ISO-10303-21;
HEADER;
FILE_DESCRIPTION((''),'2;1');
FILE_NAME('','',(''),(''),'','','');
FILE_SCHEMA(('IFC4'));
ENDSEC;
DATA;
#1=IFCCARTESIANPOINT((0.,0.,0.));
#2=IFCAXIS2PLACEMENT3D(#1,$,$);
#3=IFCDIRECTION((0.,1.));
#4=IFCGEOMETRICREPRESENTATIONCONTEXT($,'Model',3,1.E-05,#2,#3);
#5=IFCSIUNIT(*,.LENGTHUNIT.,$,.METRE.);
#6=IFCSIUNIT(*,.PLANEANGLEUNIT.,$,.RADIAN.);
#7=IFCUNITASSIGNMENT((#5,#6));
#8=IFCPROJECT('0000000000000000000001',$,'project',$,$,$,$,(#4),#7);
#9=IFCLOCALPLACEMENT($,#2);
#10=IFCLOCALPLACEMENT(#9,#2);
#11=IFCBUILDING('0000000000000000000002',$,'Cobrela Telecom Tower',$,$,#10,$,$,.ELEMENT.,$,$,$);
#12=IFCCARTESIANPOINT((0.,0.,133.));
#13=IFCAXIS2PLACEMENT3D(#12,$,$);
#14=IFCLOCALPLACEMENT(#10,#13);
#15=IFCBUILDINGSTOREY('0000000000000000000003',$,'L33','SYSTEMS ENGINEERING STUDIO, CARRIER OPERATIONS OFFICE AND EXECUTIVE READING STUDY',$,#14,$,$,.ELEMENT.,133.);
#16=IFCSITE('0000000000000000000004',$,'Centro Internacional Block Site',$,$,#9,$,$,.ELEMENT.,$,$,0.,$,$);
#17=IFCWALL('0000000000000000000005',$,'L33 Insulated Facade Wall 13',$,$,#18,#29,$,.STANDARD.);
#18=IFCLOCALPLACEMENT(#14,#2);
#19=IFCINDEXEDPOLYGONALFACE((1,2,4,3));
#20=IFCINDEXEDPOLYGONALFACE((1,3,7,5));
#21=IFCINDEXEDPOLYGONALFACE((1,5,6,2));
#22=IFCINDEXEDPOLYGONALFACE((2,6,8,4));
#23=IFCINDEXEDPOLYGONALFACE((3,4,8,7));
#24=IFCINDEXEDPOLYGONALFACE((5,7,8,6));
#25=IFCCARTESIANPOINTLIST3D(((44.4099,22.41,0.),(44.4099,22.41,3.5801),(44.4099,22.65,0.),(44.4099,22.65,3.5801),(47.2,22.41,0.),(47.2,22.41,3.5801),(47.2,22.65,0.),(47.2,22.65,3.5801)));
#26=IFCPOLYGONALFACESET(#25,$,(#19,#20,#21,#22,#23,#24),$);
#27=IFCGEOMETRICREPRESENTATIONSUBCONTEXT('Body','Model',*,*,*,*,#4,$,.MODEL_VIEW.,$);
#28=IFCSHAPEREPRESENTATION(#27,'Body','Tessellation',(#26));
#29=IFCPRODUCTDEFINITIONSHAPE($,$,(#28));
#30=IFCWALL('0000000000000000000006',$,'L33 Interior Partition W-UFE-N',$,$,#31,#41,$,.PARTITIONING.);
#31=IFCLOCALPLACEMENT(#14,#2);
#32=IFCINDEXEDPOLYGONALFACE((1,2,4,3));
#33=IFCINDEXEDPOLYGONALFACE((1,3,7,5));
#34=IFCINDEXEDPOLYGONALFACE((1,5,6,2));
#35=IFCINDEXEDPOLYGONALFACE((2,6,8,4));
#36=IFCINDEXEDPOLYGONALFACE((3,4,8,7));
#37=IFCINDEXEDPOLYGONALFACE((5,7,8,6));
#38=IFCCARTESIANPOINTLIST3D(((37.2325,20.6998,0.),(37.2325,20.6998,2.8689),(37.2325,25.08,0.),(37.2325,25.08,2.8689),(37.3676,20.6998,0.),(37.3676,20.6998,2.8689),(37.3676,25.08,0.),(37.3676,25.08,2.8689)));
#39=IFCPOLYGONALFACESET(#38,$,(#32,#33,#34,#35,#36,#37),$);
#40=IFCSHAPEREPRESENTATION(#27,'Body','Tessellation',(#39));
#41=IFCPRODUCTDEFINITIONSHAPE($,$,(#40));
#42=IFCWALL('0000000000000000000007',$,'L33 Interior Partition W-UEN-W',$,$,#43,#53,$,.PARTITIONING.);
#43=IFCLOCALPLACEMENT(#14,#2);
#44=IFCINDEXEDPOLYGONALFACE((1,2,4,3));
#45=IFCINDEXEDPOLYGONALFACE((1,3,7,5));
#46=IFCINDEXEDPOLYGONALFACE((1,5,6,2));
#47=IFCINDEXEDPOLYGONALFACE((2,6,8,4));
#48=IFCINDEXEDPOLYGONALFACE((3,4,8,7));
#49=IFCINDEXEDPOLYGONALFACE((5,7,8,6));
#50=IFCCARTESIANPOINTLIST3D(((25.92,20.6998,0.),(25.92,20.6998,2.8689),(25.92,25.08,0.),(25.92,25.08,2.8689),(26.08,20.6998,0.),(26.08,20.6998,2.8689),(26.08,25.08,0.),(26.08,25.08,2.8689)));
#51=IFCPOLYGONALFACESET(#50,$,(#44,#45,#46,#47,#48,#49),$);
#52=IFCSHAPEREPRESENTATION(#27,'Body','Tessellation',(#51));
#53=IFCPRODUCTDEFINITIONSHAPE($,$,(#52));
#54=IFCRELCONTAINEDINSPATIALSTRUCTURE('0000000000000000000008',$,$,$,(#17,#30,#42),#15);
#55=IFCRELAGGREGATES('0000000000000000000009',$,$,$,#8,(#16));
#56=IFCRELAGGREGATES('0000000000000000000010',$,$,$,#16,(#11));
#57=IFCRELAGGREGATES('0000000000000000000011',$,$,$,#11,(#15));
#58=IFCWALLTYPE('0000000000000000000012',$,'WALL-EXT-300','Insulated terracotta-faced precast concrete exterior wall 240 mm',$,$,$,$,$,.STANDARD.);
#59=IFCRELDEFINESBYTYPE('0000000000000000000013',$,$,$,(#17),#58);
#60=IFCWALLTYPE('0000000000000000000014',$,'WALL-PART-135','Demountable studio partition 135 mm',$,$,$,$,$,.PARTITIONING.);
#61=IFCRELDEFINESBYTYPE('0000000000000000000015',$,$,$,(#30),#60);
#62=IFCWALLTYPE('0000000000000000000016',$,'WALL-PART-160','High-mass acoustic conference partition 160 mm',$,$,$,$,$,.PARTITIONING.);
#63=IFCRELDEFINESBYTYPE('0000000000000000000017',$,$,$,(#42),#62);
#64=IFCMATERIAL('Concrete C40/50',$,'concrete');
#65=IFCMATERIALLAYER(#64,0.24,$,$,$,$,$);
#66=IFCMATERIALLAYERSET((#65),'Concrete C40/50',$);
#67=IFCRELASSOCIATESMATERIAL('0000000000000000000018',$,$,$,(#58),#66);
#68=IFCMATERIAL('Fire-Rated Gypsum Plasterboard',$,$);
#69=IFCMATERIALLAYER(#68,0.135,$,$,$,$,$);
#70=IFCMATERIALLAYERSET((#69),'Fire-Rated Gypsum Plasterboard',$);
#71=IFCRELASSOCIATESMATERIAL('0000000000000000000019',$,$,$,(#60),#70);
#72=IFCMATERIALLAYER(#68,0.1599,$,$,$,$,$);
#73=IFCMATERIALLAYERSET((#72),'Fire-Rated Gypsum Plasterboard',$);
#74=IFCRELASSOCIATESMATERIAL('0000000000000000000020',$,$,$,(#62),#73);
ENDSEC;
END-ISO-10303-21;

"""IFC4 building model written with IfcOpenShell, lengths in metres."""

from ifc_helpers import new_model, si_unit, direction, frame, frame_2d, origin, place, context, subcontext, project, spatial, rectangle, extrude, material, layer, layer_set, type_object, element, save


model = new_model("IFC4")

# Units and contexts
model_context = context("Model", 3, precision=1e-05, world=origin(), true_north=direction((0.0, 1.0)))
body_context = subcontext(model_context, "Body", "Model", "MODEL_VIEW")
ifc_project = project(units=[si_unit("LENGTHUNIT", "METRE"), si_unit("PLANEANGLEUNIT", "RADIAN")], contexts=[model_context])

# Site, building, storey
site_placement = place(None, origin())
site = spatial("IfcSite", under=ifc_project, at=site_placement, Name="Centro Internacional Block Site", CompositionType="ELEMENT", RefElevation=0.0)
building_placement = place(site_placement, origin())
building = spatial("IfcBuilding", under=site, at=building_placement, Name="Cobrela Telecom Tower", CompositionType="ELEMENT")
storey_placement = place(building_placement, frame((0.0, 0.0, 133.0)))
storey = spatial("IfcBuildingStorey", under=building, at=storey_placement, Name="L33", Description="SYSTEMS ENGINEERING STUDIO, CARRIER OPERATIONS OFFICE AND EXECUTIVE READING STUDY", CompositionType="ELEMENT", Elevation=133.0)

# Walls
ifc_material_1 = material(Name="Concrete C40/50", Category="concrete")
ifc_layer_1 = layer(ifc_material_1, 0.24)
ifc_layer_set_1 = layer_set([ifc_layer_1], Name="Concrete C40/50")
wall_type_1 = type_object("IfcWallType", Name="WALL-EXT-300", Description="Insulated terracotta-faced precast concrete exterior wall 240 mm", PredefinedType="STANDARD", material=ifc_layer_set_1)
wall_1_placement = place(storey_placement, frame((44.4099, 22.53, 0.0), z_axis=(0.0, 0.0, 1.0), x_axis=(1.0, 0.0, 0.0)))
element("IfcWall", 1, at=wall_1_placement, inside=storey, type_object=wall_type_1, Name="L33 Insulated Facade Wall 13", PredefinedType="STANDARD", context=body_context, shape_type="SweptSolid", body=[
    extrude(rectangle(XDim=2.79, YDim=0.24, at=frame_2d((1.395, 0.0))), origin(), (0.0, 0.0, 1.0), 3.5801),
])
ifc_material_2 = material(Name="Fire-Rated Gypsum Plasterboard")
ifc_layer_2 = layer(ifc_material_2, 0.135)
ifc_layer_set_2 = layer_set([ifc_layer_2], Name="Fire-Rated Gypsum Plasterboard")
wall_type_2 = type_object("IfcWallType", Name="WALL-PART-135", Description="Demountable studio partition 135 mm", PredefinedType="PARTITIONING", material=ifc_layer_set_2)
wall_2_placement = place(storey_placement, frame((37.3, 20.7, 0.0), z_axis=(0.0, 0.0, 1.0), x_axis=(0.0, 1.0, 0.0)))
element("IfcWall", 2, at=wall_2_placement, inside=storey, type_object=wall_type_2, Name="L33 Interior Partition W-UFE-N", PredefinedType="PARTITIONING", context=body_context, shape_type="SweptSolid", body=[
    extrude(rectangle(XDim=4.3801, YDim=0.135, at=frame_2d((2.1899, 0.0))), origin(), (0.0, 0.0, 1.0), 2.8689),
])
ifc_layer_3 = layer(ifc_material_2, 0.1599)
ifc_layer_set_3 = layer_set([ifc_layer_3], Name="Fire-Rated Gypsum Plasterboard")
wall_type_3 = type_object("IfcWallType", Name="WALL-PART-160", Description="High-mass acoustic conference partition 160 mm", PredefinedType="PARTITIONING", material=ifc_layer_set_3)
wall_3_placement = place(storey_placement, frame((26.0, 20.7, 0.0), z_axis=(0.0, 0.0, 1.0), x_axis=(0.0, 1.0, 0.0)))
element("IfcWall", 3, at=wall_3_placement, inside=storey, type_object=wall_type_3, Name="L33 Interior Partition W-UEN-W", PredefinedType="PARTITIONING", context=body_context, shape_type="SweptSolid", body=[
    extrude(rectangle(XDim=4.3801, YDim=0.1599, at=frame_2d((2.1899, 0.0))), origin(), (0.0, 0.0, 1.0), 2.8689),
])

save(model, "model.ifc")
